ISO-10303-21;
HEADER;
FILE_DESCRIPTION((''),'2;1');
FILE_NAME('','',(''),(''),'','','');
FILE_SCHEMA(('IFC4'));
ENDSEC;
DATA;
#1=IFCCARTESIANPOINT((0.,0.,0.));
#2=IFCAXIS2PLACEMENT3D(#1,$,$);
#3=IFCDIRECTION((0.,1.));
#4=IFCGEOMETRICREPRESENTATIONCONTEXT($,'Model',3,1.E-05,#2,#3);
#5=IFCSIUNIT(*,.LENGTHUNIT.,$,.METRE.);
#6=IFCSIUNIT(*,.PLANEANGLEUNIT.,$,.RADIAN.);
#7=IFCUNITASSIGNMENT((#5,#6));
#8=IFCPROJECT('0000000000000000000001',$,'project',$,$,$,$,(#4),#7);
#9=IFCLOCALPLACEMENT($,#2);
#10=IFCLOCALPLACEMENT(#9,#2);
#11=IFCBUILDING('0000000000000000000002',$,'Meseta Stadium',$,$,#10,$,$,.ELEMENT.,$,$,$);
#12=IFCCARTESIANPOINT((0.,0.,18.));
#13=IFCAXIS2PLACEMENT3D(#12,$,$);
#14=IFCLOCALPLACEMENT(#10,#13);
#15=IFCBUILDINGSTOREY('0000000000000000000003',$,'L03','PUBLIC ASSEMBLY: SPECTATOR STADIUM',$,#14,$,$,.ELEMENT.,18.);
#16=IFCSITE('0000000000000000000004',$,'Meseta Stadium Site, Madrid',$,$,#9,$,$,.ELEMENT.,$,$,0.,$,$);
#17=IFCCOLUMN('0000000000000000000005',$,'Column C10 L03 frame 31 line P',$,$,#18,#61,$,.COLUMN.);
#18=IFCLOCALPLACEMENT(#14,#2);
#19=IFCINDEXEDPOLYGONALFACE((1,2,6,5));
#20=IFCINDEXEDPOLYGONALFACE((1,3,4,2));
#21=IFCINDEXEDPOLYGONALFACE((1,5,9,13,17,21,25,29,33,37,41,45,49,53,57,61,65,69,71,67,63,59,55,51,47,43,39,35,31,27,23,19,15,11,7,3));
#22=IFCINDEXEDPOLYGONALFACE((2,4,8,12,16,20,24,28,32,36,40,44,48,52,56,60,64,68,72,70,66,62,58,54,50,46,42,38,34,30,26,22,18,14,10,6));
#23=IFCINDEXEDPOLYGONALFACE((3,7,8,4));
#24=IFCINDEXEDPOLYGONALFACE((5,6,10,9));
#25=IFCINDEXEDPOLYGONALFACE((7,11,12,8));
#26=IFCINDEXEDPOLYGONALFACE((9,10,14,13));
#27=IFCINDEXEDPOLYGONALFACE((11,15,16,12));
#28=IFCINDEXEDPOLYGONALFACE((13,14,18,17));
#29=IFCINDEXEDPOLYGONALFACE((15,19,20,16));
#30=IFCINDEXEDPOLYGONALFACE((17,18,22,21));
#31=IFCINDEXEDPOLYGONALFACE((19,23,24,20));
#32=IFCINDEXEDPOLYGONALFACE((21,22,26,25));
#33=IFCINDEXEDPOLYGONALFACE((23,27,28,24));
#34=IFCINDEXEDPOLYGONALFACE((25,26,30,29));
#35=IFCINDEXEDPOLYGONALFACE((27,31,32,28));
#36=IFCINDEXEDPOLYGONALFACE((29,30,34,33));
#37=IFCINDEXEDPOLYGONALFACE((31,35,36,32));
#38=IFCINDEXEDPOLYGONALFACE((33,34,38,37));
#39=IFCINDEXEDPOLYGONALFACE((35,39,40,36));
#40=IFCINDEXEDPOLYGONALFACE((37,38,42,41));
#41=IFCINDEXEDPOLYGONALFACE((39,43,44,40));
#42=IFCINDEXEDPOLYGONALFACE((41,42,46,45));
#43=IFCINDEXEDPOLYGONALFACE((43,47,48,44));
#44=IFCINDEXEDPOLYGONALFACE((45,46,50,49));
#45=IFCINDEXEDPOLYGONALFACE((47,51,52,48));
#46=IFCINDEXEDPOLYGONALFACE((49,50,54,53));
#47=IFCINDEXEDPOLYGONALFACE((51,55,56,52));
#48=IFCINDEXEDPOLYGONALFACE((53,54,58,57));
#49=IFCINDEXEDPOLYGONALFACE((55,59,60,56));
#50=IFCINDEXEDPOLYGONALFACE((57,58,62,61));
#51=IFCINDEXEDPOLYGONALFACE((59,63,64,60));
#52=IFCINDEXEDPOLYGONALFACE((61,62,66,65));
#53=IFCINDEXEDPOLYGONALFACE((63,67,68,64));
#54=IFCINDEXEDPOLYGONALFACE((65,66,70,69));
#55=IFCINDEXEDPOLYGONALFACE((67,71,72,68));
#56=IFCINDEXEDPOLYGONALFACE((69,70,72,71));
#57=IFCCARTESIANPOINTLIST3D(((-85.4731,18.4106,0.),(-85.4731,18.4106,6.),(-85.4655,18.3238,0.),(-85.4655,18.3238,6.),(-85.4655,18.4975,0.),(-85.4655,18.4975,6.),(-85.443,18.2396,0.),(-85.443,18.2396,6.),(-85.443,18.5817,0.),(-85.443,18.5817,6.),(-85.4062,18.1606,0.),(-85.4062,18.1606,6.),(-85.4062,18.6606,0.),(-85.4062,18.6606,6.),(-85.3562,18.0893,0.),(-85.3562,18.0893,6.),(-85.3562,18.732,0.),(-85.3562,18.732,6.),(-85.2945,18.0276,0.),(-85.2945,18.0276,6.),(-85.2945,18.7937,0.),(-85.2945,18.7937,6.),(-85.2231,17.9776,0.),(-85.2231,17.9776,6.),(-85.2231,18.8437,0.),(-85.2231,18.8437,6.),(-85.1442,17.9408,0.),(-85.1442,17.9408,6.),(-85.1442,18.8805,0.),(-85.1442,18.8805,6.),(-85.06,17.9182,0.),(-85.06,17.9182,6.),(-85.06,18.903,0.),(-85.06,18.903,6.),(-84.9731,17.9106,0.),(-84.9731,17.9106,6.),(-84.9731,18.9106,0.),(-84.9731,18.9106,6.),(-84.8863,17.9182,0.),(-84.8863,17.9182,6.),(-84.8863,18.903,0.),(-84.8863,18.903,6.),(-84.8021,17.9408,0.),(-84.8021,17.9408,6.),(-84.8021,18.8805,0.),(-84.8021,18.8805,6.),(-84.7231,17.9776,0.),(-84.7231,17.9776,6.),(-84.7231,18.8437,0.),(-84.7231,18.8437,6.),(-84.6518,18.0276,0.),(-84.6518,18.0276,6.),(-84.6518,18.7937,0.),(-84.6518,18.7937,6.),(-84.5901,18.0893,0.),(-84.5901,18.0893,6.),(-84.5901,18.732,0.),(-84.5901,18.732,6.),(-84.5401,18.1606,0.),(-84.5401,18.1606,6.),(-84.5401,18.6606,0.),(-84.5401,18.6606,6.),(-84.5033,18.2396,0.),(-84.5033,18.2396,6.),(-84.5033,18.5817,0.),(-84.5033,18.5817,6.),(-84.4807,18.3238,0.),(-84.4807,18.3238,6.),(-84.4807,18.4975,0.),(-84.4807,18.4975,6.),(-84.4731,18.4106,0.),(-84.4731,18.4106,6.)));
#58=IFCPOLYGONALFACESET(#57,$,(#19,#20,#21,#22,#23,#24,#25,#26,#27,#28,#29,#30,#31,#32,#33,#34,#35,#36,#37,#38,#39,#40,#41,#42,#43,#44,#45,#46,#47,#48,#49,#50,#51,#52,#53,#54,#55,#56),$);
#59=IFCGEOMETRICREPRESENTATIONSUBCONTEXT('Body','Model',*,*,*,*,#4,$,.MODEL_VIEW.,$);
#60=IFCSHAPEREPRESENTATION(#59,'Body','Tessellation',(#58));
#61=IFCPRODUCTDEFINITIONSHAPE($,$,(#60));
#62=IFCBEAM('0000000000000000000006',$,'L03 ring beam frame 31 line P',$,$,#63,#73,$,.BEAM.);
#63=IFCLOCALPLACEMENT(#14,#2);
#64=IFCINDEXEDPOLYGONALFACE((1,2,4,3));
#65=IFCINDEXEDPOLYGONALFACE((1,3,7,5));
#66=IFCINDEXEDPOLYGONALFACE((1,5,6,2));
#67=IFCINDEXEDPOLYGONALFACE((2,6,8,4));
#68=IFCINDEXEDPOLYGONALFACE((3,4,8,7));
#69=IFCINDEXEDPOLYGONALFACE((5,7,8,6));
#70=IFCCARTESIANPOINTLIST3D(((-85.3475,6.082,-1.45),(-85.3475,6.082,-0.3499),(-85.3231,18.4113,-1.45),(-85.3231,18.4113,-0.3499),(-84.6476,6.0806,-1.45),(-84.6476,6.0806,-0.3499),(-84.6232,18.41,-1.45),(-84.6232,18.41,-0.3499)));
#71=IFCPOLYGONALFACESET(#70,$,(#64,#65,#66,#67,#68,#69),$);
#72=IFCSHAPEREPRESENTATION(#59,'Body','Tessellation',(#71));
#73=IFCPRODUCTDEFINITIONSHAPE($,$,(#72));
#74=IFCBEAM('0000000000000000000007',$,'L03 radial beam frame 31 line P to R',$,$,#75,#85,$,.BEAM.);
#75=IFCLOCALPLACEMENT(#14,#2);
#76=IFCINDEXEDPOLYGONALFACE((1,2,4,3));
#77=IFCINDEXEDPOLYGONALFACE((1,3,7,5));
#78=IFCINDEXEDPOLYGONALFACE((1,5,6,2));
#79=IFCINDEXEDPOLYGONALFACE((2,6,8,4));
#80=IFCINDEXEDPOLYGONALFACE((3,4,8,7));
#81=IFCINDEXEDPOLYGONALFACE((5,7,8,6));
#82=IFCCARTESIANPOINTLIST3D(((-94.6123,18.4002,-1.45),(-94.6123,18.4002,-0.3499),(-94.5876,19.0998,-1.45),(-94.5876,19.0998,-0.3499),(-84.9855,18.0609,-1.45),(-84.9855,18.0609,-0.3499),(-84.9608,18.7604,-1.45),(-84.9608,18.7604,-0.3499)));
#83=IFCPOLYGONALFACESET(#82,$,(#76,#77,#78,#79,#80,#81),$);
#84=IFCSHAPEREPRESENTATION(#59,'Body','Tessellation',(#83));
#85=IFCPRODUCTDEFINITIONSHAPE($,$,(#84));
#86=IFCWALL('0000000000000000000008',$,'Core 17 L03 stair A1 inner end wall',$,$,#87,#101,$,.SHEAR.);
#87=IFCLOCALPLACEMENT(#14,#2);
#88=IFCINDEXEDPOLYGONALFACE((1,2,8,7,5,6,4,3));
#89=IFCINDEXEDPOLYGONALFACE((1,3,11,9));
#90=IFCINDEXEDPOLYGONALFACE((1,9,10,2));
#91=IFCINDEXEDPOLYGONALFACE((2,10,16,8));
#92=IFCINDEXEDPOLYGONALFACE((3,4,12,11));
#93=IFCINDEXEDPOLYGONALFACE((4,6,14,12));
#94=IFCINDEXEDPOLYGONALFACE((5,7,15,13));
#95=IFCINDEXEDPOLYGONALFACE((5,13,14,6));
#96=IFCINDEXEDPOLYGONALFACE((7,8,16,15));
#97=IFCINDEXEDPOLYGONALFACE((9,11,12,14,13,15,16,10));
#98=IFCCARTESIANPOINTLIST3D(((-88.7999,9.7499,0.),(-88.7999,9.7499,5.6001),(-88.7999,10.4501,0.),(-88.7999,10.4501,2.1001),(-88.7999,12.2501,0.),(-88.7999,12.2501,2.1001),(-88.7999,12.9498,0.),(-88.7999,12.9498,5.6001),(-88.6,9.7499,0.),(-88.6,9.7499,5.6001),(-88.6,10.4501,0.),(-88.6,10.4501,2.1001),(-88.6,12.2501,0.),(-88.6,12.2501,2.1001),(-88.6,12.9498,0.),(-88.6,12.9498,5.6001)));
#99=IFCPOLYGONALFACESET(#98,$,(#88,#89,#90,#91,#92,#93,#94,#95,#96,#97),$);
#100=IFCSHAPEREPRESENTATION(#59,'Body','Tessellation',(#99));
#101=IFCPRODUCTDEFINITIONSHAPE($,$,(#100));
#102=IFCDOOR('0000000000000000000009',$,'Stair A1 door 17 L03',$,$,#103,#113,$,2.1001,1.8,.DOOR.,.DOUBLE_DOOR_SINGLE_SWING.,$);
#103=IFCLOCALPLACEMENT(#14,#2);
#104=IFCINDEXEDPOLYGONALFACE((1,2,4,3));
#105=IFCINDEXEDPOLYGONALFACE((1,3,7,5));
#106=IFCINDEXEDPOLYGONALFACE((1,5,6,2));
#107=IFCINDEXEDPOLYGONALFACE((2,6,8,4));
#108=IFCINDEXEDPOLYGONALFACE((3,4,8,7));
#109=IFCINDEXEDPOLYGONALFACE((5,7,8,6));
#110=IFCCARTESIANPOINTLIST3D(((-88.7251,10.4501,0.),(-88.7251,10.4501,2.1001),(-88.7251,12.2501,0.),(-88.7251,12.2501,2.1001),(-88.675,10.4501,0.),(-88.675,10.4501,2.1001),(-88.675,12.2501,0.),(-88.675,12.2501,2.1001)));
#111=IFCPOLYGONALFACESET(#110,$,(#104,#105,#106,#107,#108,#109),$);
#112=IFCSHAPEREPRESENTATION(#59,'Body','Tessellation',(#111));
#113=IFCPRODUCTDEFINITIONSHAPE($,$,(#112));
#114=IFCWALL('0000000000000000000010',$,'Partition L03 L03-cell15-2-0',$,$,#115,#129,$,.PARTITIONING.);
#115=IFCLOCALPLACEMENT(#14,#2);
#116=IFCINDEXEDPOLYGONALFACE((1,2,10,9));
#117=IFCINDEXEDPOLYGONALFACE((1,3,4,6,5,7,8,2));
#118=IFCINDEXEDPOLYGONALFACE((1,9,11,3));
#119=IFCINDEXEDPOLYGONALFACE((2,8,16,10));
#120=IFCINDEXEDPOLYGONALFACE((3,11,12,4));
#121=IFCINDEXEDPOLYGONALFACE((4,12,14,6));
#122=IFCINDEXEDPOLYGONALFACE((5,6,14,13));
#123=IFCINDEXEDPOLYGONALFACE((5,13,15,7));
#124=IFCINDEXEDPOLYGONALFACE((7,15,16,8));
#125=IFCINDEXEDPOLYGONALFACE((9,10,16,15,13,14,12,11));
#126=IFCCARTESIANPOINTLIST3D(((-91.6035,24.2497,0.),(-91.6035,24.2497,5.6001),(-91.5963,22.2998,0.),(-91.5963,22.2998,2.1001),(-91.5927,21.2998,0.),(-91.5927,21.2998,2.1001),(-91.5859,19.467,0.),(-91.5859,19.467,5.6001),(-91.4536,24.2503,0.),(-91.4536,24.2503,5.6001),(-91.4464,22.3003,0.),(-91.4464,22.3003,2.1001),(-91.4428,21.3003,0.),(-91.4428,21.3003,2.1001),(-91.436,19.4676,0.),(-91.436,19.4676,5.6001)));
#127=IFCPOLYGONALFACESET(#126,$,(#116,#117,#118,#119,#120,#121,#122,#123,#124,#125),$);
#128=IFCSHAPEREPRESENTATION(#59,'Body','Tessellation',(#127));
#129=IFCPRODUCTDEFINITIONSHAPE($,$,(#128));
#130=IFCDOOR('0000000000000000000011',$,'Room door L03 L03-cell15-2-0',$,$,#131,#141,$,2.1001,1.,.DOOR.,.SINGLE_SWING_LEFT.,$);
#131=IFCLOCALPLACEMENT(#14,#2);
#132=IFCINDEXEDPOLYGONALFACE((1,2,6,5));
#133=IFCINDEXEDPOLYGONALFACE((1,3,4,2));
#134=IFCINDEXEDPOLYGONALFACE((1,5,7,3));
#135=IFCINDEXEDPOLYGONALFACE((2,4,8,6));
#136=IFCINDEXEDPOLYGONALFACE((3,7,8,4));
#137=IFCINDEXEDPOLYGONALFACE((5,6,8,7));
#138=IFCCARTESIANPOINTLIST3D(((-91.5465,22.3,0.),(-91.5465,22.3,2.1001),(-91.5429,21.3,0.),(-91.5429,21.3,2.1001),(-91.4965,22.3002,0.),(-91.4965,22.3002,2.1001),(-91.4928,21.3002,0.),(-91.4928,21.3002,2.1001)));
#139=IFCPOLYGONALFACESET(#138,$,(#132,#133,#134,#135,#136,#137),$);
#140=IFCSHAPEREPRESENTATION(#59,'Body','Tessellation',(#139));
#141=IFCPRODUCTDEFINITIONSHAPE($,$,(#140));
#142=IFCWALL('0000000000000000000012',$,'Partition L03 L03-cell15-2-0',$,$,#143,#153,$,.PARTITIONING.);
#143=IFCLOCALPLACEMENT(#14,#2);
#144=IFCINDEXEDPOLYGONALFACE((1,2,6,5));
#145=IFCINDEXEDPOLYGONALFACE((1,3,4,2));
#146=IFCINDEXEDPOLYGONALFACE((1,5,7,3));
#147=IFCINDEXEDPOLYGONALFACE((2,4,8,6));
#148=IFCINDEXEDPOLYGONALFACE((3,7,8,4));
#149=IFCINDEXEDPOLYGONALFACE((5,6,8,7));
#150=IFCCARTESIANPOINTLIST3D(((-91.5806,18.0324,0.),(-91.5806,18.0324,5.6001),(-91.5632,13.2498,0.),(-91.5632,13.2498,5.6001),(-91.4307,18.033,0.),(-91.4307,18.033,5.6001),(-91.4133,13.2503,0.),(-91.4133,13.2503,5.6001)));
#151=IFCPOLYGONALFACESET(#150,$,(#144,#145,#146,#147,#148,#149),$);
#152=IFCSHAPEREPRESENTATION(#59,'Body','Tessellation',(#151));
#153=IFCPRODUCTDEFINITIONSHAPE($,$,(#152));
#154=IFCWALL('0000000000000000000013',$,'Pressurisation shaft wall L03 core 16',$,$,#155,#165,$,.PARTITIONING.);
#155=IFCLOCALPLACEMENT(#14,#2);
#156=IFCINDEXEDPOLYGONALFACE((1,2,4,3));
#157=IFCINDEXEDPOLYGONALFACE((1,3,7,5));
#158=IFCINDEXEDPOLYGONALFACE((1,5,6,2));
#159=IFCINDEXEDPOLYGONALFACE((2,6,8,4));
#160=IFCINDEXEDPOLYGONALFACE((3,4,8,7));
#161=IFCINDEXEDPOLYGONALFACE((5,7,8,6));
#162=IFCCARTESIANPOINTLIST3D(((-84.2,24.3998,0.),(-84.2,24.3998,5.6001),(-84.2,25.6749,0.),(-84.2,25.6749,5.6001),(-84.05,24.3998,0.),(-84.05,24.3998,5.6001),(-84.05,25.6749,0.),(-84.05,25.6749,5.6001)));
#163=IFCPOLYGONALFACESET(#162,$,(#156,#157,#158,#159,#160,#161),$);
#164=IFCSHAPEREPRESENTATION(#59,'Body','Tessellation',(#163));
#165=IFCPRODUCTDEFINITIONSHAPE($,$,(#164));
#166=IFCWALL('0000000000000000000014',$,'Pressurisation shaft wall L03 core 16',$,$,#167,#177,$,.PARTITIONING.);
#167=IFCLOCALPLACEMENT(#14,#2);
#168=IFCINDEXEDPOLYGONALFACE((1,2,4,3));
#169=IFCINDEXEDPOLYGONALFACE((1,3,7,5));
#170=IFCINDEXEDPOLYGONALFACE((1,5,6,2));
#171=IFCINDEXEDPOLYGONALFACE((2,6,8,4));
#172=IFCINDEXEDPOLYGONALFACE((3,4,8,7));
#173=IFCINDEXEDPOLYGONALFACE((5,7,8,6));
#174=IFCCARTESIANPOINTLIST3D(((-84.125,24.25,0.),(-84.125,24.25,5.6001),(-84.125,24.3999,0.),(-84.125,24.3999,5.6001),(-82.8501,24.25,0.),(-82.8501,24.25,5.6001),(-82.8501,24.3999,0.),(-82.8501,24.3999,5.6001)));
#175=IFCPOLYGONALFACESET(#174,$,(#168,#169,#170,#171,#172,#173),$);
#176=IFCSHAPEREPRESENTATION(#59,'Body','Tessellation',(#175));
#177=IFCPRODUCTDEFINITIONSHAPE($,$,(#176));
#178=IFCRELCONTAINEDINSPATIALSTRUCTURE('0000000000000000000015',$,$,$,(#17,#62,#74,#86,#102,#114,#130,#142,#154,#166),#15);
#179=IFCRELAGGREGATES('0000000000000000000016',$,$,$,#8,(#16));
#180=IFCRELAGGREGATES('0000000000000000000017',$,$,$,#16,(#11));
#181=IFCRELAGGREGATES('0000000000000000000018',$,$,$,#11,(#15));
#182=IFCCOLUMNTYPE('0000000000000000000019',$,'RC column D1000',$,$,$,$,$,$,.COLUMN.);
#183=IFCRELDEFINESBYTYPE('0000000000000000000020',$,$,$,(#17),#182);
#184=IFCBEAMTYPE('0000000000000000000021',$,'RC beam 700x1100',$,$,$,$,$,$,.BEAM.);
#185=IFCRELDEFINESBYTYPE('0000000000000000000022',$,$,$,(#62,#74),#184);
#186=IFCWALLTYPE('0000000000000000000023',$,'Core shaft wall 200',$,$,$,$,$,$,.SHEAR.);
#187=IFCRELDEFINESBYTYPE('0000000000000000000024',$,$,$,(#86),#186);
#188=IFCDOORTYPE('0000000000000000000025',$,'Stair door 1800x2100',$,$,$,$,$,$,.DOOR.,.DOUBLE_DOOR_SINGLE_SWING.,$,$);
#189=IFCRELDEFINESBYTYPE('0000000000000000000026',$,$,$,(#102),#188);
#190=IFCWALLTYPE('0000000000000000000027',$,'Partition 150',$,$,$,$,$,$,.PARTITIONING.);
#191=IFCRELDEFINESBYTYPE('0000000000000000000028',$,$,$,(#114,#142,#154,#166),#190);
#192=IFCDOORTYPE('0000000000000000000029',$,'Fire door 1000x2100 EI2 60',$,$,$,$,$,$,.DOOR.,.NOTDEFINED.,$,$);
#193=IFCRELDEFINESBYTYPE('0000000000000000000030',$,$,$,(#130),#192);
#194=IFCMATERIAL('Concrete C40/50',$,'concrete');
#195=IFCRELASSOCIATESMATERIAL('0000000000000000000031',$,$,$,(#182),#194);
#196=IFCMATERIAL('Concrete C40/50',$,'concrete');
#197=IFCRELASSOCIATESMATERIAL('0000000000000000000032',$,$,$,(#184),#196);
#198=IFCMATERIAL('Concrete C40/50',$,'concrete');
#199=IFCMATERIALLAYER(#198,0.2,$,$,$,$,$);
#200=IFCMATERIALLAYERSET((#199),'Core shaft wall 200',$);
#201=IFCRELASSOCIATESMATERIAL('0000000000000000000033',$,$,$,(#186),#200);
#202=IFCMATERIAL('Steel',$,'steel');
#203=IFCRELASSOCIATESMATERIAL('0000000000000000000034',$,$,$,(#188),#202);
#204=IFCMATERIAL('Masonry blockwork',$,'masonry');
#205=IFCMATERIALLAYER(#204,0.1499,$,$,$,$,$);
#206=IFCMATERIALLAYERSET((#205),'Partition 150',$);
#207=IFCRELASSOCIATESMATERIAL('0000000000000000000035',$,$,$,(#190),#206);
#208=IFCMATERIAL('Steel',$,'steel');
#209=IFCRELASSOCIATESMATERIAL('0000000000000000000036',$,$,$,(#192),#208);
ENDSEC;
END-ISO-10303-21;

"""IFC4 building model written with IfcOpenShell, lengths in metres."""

from ifc_helpers import new_model, si_unit, direction, frame, frame_2d, origin, origin_2d, place, context, subcontext, project, spatial, rectangle, circle, extrude, material, layer, layer_set, material_profile, profile_set, type_object, element, fill, save


model = new_model("IFC4")

# Units and contexts
model_context = context("Model", 3, precision=1e-05, world=origin(), true_north=direction((0.0, 1.0)))
body_context = subcontext(model_context, "Body", "Model", "MODEL_VIEW")
ifc_project = project(units=[si_unit("LENGTHUNIT", "METRE"), si_unit("PLANEANGLEUNIT", "RADIAN")], contexts=[model_context])

# Site, building, storey
site_placement = place(None, origin())
site = spatial("IfcSite", under=ifc_project, at=site_placement, Name="Meseta Stadium Site, Madrid", CompositionType="ELEMENT", RefElevation=0.0)
building_placement = place(site_placement, origin())
building = spatial("IfcBuilding", under=site, at=building_placement, Name="Meseta Stadium", CompositionType="ELEMENT")
storey_placement = place(building_placement, frame((0.0, 0.0, 18.0)))
storey = spatial("IfcBuildingStorey", under=building, at=storey_placement, Name="L03", Description="PUBLIC ASSEMBLY: SPECTATOR STADIUM", CompositionType="ELEMENT", Elevation=18.0)

# Column
ifc_material_1 = material(Name="Concrete C40/50", Category="concrete")
ifc_material_profile_1 = material_profile(ifc_material_1, circle(Radius=0.5, at=origin_2d()), Name="RC D1000")
ifc_profile_set_1 = profile_set([ifc_material_profile_1], Name="Concrete C40/50")
column_type = type_object("IfcColumnType", Name="RC column D1000", PredefinedType="COLUMN", material=ifc_profile_set_1)
column_placement = place(storey_placement, frame((-84.9731, 18.4106, 0.0), z_axis=(0.0, 0.0, 1.0), x_axis=(1.0, 0.0, 0.0)))
element("IfcColumn", 1, at=column_placement, inside=storey, type_object=column_type, Name="Column C10 L03 frame 31 line P", PredefinedType="COLUMN", context=body_context, shape_type="SweptSolid", body=[
    extrude(circle(Radius=0.5, at=origin_2d()), origin(), (0.0, 0.0, 1.0), 6.0),
])

# Beams
ifc_material_2 = material(Name="Concrete C40/50", Category="concrete")
ifc_material_profile_2 = material_profile(ifc_material_2, rectangle(XDim=0.7, YDim=1.1001, at=origin_2d()), Name="RC 700x1100")
ifc_profile_set_2 = profile_set([ifc_material_profile_2], Name="Concrete C40/50")
beam_type = type_object("IfcBeamType", Name="RC beam 700x1100", PredefinedType="BEAM", material=ifc_profile_set_2)
beam_1_placement = place(storey_placement, frame((-84.9731, 18.4106, -0.8999), z_axis=(-0.00198, -0.999998, 0.0), x_axis=(0.999998, -0.00198, 0.0)))
element("IfcBeam", 2, at=beam_1_placement, inside=storey, type_object=beam_type, Name="L03 ring beam frame 31 line P", PredefinedType="BEAM", context=body_context, shape_type="SweptSolid", body=[
    extrude(rectangle(XDim=0.7, YDim=1.1001, at=origin_2d()), origin(), (0.0, 0.0, 1.0), 12.3293),
])
beam_2_placement = place(storey_placement, frame((-84.9731, 18.4106, -0.8999), z_axis=(-0.999379, 0.035229, 0.0), x_axis=(-0.035229, -0.999379, 0.0)))
element("IfcBeam", 3, at=beam_2_placement, inside=storey, type_object=beam_type, Name="L03 radial beam frame 31 line P to R", PredefinedType="BEAM", context=body_context, shape_type="SweptSolid", body=[
    extrude(rectangle(XDim=0.7, YDim=1.1001, at=origin_2d()), origin(), (0.0, 0.0, 1.0), 9.6328),
])

# Walls, openings, doors
ifc_material_3 = material(Name="Concrete C40/50", Category="concrete")
ifc_layer_1 = layer(ifc_material_3, 0.2)
ifc_layer_set_1 = layer_set([ifc_layer_1], Name="Core shaft wall 200")
wall_type_1 = type_object("IfcWallType", Name="Core shaft wall 200", PredefinedType="SHEAR", material=ifc_layer_set_1)
wall_1_placement = place(storey_placement, frame((-88.7, 12.95, 0.0), z_axis=(0.0, 0.0, 1.0), x_axis=(0.0, -1.0, 0.0)))
wall_1 = element("IfcWall", 4, at=wall_1_placement, inside=storey, type_object=wall_type_1, Name="Core 17 L03 stair A1 inner end wall", PredefinedType="SHEAR", context=body_context, shape_type="SweptSolid", body=[
    extrude(rectangle(XDim=3.2, YDim=0.2, at=frame_2d((1.6001, 0.0))), origin(), (0.0, 0.0, 1.0), 5.6001),
])
opening_1_placement = place(wall_1_placement, frame((0.7, 0.0, 0.0)))
opening_1 = element("IfcOpeningElement", 5, at=opening_1_placement, cuts=wall_1, PredefinedType="OPENING", context=body_context, shape_type="SweptSolid", body=[
    extrude(rectangle(XDim=1.8, YDim=2.1001, at=frame_2d((0.8999, 1.05))), frame((0.0, 0.1099, 0.0), z_axis=(0.0, -1.0, 0.0), x_axis=(1.0, 0.0, 0.0)), (0.0, 0.0, 1.0), 0.22),
])
ifc_material_4 = material(Name="Steel", Category="steel")
door_type_1 = type_object("IfcDoorType", Name="Stair door 1800x2100", OperationType="DOUBLE_DOOR_SINGLE_SWING", PredefinedType="DOOR", material=ifc_material_4)
door_1_placement = place(opening_1_placement, origin())
door_1 = element("IfcDoor", 6, at=door_1_placement, inside=storey, type_object=door_type_1, Name="Stair A1 door 17 L03", OperationType="DOUBLE_DOOR_SINGLE_SWING", OverallHeight=2.1001, OverallWidth=1.8, PredefinedType="DOOR", context=body_context, shape_type="SweptSolid", body=[
    extrude(rectangle(XDim=1.8, YDim=2.1001, at=frame_2d((0.8999, 1.05))), frame((0.0, 0.0249, 0.0), z_axis=(0.0, -1.0, 0.0), x_axis=(1.0, 0.0, 0.0)), (0.0, 0.0, 1.0), 0.05),
])
fill(opening_1, door_1)
ifc_material_5 = material(Name="Masonry blockwork", Category="masonry")
ifc_layer_2 = layer(ifc_material_5, 0.1499)
ifc_layer_set_2 = layer_set([ifc_layer_2], Name="Partition 150")
wall_type_2 = type_object("IfcWallType", Name="Partition 150", PredefinedType="PARTITIONING", material=ifc_layer_set_2)
wall_2_placement = place(storey_placement, frame((-91.5286, 24.25, 0.0), z_axis=(0.0, 0.0, 1.0), x_axis=(0.003675, -0.999993, 0.0)))
wall_2 = element("IfcWall", 7, at=wall_2_placement, inside=storey, type_object=wall_type_2, Name="Partition L03 L03-cell15-2-0", PredefinedType="PARTITIONING", context=body_context, shape_type="SweptSolid", body=[
    extrude(rectangle(XDim=4.7827, YDim=0.1499, at=frame_2d((2.3914, 0.0))), origin(), (0.0, 0.0, 1.0), 5.6001),
])
opening_2_placement = place(wall_2_placement, frame((1.95, 0.0, 0.0)))
opening_2 = element("IfcOpeningElement", 8, at=opening_2_placement, cuts=wall_2, PredefinedType="OPENING", context=body_context, shape_type="SweptSolid", body=[
    extrude(rectangle(XDim=1.0, YDim=2.1001, at=frame_2d((0.5, 1.05))), frame((0.0, 0.085, 0.0), z_axis=(0.0, -1.0, 0.0), x_axis=(1.0, 0.0, 0.0)), (0.0, 0.0, 1.0), 0.1699),
])
ifc_material_6 = material(Name="Steel", Category="steel")
door_type_2 = type_object("IfcDoorType", Name="Fire door 1000x2100 EI2 60", OperationType="NOTDEFINED", PredefinedType="DOOR", material=ifc_material_6)
door_2_placement = place(opening_2_placement, origin())
door_2 = element("IfcDoor", 9, at=door_2_placement, inside=storey, type_object=door_type_2, Name="Room door L03 L03-cell15-2-0", OperationType="SINGLE_SWING_LEFT", OverallHeight=2.1001, OverallWidth=1.0, PredefinedType="DOOR", context=body_context, shape_type="SweptSolid", body=[
    extrude(rectangle(XDim=1.0, YDim=2.1001, at=frame_2d((0.5, 1.05))), frame((0.0, 0.0249, 0.0), z_axis=(0.0, -1.0, 0.0), x_axis=(1.0, 0.0, 0.0)), (0.0, 0.0, 1.0), 0.05),
])
fill(opening_2, door_2)

# Walls
wall_3_placement = place(storey_placement, frame((-91.5056, 18.0327, 0.0), z_axis=(0.0, 0.0, 1.0), x_axis=(0.003624, -0.999993, 0.0)))
element("IfcWall", 10, at=wall_3_placement, inside=storey, type_object=wall_type_2, Name="Partition L03 L03-cell15-2-0", PredefinedType="PARTITIONING", context=body_context, shape_type="SweptSolid", body=[
    extrude(rectangle(XDim=4.7827, YDim=0.1499, at=frame_2d((2.3914, 0.0))), origin(), (0.0, 0.0, 1.0), 5.6001),
])
wall_4_placement = place(storey_placement, frame((-84.125, 25.675, 0.0), z_axis=(0.0, 0.0, 1.0), x_axis=(0.0, -1.0, 0.0)))
element("IfcWall", 11, at=wall_4_placement, inside=storey, type_object=wall_type_2, Name="Pressurisation shaft wall L03 core 16", PredefinedType="PARTITIONING", context=body_context, shape_type="SweptSolid", body=[
    extrude(rectangle(XDim=1.2751, YDim=0.1499, at=frame_2d((0.6377, 0.0))), origin(), (0.0, 0.0, 1.0), 5.6001),
])
wall_5_placement = place(storey_placement, frame((-84.125, 24.325, 0.0), z_axis=(0.0, 0.0, 1.0), x_axis=(1.0, 0.0, 0.0)))
element("IfcWall", 12, at=wall_5_placement, inside=storey, type_object=wall_type_2, Name="Pressurisation shaft wall L03 core 16", PredefinedType="PARTITIONING", context=body_context, shape_type="SweptSolid", body=[
    extrude(rectangle(XDim=1.2749, YDim=0.1499, at=frame_2d((0.6375, 0.0))), origin(), (0.0, 0.0, 1.0), 5.6001),
])

save(model, "model.ifc")
